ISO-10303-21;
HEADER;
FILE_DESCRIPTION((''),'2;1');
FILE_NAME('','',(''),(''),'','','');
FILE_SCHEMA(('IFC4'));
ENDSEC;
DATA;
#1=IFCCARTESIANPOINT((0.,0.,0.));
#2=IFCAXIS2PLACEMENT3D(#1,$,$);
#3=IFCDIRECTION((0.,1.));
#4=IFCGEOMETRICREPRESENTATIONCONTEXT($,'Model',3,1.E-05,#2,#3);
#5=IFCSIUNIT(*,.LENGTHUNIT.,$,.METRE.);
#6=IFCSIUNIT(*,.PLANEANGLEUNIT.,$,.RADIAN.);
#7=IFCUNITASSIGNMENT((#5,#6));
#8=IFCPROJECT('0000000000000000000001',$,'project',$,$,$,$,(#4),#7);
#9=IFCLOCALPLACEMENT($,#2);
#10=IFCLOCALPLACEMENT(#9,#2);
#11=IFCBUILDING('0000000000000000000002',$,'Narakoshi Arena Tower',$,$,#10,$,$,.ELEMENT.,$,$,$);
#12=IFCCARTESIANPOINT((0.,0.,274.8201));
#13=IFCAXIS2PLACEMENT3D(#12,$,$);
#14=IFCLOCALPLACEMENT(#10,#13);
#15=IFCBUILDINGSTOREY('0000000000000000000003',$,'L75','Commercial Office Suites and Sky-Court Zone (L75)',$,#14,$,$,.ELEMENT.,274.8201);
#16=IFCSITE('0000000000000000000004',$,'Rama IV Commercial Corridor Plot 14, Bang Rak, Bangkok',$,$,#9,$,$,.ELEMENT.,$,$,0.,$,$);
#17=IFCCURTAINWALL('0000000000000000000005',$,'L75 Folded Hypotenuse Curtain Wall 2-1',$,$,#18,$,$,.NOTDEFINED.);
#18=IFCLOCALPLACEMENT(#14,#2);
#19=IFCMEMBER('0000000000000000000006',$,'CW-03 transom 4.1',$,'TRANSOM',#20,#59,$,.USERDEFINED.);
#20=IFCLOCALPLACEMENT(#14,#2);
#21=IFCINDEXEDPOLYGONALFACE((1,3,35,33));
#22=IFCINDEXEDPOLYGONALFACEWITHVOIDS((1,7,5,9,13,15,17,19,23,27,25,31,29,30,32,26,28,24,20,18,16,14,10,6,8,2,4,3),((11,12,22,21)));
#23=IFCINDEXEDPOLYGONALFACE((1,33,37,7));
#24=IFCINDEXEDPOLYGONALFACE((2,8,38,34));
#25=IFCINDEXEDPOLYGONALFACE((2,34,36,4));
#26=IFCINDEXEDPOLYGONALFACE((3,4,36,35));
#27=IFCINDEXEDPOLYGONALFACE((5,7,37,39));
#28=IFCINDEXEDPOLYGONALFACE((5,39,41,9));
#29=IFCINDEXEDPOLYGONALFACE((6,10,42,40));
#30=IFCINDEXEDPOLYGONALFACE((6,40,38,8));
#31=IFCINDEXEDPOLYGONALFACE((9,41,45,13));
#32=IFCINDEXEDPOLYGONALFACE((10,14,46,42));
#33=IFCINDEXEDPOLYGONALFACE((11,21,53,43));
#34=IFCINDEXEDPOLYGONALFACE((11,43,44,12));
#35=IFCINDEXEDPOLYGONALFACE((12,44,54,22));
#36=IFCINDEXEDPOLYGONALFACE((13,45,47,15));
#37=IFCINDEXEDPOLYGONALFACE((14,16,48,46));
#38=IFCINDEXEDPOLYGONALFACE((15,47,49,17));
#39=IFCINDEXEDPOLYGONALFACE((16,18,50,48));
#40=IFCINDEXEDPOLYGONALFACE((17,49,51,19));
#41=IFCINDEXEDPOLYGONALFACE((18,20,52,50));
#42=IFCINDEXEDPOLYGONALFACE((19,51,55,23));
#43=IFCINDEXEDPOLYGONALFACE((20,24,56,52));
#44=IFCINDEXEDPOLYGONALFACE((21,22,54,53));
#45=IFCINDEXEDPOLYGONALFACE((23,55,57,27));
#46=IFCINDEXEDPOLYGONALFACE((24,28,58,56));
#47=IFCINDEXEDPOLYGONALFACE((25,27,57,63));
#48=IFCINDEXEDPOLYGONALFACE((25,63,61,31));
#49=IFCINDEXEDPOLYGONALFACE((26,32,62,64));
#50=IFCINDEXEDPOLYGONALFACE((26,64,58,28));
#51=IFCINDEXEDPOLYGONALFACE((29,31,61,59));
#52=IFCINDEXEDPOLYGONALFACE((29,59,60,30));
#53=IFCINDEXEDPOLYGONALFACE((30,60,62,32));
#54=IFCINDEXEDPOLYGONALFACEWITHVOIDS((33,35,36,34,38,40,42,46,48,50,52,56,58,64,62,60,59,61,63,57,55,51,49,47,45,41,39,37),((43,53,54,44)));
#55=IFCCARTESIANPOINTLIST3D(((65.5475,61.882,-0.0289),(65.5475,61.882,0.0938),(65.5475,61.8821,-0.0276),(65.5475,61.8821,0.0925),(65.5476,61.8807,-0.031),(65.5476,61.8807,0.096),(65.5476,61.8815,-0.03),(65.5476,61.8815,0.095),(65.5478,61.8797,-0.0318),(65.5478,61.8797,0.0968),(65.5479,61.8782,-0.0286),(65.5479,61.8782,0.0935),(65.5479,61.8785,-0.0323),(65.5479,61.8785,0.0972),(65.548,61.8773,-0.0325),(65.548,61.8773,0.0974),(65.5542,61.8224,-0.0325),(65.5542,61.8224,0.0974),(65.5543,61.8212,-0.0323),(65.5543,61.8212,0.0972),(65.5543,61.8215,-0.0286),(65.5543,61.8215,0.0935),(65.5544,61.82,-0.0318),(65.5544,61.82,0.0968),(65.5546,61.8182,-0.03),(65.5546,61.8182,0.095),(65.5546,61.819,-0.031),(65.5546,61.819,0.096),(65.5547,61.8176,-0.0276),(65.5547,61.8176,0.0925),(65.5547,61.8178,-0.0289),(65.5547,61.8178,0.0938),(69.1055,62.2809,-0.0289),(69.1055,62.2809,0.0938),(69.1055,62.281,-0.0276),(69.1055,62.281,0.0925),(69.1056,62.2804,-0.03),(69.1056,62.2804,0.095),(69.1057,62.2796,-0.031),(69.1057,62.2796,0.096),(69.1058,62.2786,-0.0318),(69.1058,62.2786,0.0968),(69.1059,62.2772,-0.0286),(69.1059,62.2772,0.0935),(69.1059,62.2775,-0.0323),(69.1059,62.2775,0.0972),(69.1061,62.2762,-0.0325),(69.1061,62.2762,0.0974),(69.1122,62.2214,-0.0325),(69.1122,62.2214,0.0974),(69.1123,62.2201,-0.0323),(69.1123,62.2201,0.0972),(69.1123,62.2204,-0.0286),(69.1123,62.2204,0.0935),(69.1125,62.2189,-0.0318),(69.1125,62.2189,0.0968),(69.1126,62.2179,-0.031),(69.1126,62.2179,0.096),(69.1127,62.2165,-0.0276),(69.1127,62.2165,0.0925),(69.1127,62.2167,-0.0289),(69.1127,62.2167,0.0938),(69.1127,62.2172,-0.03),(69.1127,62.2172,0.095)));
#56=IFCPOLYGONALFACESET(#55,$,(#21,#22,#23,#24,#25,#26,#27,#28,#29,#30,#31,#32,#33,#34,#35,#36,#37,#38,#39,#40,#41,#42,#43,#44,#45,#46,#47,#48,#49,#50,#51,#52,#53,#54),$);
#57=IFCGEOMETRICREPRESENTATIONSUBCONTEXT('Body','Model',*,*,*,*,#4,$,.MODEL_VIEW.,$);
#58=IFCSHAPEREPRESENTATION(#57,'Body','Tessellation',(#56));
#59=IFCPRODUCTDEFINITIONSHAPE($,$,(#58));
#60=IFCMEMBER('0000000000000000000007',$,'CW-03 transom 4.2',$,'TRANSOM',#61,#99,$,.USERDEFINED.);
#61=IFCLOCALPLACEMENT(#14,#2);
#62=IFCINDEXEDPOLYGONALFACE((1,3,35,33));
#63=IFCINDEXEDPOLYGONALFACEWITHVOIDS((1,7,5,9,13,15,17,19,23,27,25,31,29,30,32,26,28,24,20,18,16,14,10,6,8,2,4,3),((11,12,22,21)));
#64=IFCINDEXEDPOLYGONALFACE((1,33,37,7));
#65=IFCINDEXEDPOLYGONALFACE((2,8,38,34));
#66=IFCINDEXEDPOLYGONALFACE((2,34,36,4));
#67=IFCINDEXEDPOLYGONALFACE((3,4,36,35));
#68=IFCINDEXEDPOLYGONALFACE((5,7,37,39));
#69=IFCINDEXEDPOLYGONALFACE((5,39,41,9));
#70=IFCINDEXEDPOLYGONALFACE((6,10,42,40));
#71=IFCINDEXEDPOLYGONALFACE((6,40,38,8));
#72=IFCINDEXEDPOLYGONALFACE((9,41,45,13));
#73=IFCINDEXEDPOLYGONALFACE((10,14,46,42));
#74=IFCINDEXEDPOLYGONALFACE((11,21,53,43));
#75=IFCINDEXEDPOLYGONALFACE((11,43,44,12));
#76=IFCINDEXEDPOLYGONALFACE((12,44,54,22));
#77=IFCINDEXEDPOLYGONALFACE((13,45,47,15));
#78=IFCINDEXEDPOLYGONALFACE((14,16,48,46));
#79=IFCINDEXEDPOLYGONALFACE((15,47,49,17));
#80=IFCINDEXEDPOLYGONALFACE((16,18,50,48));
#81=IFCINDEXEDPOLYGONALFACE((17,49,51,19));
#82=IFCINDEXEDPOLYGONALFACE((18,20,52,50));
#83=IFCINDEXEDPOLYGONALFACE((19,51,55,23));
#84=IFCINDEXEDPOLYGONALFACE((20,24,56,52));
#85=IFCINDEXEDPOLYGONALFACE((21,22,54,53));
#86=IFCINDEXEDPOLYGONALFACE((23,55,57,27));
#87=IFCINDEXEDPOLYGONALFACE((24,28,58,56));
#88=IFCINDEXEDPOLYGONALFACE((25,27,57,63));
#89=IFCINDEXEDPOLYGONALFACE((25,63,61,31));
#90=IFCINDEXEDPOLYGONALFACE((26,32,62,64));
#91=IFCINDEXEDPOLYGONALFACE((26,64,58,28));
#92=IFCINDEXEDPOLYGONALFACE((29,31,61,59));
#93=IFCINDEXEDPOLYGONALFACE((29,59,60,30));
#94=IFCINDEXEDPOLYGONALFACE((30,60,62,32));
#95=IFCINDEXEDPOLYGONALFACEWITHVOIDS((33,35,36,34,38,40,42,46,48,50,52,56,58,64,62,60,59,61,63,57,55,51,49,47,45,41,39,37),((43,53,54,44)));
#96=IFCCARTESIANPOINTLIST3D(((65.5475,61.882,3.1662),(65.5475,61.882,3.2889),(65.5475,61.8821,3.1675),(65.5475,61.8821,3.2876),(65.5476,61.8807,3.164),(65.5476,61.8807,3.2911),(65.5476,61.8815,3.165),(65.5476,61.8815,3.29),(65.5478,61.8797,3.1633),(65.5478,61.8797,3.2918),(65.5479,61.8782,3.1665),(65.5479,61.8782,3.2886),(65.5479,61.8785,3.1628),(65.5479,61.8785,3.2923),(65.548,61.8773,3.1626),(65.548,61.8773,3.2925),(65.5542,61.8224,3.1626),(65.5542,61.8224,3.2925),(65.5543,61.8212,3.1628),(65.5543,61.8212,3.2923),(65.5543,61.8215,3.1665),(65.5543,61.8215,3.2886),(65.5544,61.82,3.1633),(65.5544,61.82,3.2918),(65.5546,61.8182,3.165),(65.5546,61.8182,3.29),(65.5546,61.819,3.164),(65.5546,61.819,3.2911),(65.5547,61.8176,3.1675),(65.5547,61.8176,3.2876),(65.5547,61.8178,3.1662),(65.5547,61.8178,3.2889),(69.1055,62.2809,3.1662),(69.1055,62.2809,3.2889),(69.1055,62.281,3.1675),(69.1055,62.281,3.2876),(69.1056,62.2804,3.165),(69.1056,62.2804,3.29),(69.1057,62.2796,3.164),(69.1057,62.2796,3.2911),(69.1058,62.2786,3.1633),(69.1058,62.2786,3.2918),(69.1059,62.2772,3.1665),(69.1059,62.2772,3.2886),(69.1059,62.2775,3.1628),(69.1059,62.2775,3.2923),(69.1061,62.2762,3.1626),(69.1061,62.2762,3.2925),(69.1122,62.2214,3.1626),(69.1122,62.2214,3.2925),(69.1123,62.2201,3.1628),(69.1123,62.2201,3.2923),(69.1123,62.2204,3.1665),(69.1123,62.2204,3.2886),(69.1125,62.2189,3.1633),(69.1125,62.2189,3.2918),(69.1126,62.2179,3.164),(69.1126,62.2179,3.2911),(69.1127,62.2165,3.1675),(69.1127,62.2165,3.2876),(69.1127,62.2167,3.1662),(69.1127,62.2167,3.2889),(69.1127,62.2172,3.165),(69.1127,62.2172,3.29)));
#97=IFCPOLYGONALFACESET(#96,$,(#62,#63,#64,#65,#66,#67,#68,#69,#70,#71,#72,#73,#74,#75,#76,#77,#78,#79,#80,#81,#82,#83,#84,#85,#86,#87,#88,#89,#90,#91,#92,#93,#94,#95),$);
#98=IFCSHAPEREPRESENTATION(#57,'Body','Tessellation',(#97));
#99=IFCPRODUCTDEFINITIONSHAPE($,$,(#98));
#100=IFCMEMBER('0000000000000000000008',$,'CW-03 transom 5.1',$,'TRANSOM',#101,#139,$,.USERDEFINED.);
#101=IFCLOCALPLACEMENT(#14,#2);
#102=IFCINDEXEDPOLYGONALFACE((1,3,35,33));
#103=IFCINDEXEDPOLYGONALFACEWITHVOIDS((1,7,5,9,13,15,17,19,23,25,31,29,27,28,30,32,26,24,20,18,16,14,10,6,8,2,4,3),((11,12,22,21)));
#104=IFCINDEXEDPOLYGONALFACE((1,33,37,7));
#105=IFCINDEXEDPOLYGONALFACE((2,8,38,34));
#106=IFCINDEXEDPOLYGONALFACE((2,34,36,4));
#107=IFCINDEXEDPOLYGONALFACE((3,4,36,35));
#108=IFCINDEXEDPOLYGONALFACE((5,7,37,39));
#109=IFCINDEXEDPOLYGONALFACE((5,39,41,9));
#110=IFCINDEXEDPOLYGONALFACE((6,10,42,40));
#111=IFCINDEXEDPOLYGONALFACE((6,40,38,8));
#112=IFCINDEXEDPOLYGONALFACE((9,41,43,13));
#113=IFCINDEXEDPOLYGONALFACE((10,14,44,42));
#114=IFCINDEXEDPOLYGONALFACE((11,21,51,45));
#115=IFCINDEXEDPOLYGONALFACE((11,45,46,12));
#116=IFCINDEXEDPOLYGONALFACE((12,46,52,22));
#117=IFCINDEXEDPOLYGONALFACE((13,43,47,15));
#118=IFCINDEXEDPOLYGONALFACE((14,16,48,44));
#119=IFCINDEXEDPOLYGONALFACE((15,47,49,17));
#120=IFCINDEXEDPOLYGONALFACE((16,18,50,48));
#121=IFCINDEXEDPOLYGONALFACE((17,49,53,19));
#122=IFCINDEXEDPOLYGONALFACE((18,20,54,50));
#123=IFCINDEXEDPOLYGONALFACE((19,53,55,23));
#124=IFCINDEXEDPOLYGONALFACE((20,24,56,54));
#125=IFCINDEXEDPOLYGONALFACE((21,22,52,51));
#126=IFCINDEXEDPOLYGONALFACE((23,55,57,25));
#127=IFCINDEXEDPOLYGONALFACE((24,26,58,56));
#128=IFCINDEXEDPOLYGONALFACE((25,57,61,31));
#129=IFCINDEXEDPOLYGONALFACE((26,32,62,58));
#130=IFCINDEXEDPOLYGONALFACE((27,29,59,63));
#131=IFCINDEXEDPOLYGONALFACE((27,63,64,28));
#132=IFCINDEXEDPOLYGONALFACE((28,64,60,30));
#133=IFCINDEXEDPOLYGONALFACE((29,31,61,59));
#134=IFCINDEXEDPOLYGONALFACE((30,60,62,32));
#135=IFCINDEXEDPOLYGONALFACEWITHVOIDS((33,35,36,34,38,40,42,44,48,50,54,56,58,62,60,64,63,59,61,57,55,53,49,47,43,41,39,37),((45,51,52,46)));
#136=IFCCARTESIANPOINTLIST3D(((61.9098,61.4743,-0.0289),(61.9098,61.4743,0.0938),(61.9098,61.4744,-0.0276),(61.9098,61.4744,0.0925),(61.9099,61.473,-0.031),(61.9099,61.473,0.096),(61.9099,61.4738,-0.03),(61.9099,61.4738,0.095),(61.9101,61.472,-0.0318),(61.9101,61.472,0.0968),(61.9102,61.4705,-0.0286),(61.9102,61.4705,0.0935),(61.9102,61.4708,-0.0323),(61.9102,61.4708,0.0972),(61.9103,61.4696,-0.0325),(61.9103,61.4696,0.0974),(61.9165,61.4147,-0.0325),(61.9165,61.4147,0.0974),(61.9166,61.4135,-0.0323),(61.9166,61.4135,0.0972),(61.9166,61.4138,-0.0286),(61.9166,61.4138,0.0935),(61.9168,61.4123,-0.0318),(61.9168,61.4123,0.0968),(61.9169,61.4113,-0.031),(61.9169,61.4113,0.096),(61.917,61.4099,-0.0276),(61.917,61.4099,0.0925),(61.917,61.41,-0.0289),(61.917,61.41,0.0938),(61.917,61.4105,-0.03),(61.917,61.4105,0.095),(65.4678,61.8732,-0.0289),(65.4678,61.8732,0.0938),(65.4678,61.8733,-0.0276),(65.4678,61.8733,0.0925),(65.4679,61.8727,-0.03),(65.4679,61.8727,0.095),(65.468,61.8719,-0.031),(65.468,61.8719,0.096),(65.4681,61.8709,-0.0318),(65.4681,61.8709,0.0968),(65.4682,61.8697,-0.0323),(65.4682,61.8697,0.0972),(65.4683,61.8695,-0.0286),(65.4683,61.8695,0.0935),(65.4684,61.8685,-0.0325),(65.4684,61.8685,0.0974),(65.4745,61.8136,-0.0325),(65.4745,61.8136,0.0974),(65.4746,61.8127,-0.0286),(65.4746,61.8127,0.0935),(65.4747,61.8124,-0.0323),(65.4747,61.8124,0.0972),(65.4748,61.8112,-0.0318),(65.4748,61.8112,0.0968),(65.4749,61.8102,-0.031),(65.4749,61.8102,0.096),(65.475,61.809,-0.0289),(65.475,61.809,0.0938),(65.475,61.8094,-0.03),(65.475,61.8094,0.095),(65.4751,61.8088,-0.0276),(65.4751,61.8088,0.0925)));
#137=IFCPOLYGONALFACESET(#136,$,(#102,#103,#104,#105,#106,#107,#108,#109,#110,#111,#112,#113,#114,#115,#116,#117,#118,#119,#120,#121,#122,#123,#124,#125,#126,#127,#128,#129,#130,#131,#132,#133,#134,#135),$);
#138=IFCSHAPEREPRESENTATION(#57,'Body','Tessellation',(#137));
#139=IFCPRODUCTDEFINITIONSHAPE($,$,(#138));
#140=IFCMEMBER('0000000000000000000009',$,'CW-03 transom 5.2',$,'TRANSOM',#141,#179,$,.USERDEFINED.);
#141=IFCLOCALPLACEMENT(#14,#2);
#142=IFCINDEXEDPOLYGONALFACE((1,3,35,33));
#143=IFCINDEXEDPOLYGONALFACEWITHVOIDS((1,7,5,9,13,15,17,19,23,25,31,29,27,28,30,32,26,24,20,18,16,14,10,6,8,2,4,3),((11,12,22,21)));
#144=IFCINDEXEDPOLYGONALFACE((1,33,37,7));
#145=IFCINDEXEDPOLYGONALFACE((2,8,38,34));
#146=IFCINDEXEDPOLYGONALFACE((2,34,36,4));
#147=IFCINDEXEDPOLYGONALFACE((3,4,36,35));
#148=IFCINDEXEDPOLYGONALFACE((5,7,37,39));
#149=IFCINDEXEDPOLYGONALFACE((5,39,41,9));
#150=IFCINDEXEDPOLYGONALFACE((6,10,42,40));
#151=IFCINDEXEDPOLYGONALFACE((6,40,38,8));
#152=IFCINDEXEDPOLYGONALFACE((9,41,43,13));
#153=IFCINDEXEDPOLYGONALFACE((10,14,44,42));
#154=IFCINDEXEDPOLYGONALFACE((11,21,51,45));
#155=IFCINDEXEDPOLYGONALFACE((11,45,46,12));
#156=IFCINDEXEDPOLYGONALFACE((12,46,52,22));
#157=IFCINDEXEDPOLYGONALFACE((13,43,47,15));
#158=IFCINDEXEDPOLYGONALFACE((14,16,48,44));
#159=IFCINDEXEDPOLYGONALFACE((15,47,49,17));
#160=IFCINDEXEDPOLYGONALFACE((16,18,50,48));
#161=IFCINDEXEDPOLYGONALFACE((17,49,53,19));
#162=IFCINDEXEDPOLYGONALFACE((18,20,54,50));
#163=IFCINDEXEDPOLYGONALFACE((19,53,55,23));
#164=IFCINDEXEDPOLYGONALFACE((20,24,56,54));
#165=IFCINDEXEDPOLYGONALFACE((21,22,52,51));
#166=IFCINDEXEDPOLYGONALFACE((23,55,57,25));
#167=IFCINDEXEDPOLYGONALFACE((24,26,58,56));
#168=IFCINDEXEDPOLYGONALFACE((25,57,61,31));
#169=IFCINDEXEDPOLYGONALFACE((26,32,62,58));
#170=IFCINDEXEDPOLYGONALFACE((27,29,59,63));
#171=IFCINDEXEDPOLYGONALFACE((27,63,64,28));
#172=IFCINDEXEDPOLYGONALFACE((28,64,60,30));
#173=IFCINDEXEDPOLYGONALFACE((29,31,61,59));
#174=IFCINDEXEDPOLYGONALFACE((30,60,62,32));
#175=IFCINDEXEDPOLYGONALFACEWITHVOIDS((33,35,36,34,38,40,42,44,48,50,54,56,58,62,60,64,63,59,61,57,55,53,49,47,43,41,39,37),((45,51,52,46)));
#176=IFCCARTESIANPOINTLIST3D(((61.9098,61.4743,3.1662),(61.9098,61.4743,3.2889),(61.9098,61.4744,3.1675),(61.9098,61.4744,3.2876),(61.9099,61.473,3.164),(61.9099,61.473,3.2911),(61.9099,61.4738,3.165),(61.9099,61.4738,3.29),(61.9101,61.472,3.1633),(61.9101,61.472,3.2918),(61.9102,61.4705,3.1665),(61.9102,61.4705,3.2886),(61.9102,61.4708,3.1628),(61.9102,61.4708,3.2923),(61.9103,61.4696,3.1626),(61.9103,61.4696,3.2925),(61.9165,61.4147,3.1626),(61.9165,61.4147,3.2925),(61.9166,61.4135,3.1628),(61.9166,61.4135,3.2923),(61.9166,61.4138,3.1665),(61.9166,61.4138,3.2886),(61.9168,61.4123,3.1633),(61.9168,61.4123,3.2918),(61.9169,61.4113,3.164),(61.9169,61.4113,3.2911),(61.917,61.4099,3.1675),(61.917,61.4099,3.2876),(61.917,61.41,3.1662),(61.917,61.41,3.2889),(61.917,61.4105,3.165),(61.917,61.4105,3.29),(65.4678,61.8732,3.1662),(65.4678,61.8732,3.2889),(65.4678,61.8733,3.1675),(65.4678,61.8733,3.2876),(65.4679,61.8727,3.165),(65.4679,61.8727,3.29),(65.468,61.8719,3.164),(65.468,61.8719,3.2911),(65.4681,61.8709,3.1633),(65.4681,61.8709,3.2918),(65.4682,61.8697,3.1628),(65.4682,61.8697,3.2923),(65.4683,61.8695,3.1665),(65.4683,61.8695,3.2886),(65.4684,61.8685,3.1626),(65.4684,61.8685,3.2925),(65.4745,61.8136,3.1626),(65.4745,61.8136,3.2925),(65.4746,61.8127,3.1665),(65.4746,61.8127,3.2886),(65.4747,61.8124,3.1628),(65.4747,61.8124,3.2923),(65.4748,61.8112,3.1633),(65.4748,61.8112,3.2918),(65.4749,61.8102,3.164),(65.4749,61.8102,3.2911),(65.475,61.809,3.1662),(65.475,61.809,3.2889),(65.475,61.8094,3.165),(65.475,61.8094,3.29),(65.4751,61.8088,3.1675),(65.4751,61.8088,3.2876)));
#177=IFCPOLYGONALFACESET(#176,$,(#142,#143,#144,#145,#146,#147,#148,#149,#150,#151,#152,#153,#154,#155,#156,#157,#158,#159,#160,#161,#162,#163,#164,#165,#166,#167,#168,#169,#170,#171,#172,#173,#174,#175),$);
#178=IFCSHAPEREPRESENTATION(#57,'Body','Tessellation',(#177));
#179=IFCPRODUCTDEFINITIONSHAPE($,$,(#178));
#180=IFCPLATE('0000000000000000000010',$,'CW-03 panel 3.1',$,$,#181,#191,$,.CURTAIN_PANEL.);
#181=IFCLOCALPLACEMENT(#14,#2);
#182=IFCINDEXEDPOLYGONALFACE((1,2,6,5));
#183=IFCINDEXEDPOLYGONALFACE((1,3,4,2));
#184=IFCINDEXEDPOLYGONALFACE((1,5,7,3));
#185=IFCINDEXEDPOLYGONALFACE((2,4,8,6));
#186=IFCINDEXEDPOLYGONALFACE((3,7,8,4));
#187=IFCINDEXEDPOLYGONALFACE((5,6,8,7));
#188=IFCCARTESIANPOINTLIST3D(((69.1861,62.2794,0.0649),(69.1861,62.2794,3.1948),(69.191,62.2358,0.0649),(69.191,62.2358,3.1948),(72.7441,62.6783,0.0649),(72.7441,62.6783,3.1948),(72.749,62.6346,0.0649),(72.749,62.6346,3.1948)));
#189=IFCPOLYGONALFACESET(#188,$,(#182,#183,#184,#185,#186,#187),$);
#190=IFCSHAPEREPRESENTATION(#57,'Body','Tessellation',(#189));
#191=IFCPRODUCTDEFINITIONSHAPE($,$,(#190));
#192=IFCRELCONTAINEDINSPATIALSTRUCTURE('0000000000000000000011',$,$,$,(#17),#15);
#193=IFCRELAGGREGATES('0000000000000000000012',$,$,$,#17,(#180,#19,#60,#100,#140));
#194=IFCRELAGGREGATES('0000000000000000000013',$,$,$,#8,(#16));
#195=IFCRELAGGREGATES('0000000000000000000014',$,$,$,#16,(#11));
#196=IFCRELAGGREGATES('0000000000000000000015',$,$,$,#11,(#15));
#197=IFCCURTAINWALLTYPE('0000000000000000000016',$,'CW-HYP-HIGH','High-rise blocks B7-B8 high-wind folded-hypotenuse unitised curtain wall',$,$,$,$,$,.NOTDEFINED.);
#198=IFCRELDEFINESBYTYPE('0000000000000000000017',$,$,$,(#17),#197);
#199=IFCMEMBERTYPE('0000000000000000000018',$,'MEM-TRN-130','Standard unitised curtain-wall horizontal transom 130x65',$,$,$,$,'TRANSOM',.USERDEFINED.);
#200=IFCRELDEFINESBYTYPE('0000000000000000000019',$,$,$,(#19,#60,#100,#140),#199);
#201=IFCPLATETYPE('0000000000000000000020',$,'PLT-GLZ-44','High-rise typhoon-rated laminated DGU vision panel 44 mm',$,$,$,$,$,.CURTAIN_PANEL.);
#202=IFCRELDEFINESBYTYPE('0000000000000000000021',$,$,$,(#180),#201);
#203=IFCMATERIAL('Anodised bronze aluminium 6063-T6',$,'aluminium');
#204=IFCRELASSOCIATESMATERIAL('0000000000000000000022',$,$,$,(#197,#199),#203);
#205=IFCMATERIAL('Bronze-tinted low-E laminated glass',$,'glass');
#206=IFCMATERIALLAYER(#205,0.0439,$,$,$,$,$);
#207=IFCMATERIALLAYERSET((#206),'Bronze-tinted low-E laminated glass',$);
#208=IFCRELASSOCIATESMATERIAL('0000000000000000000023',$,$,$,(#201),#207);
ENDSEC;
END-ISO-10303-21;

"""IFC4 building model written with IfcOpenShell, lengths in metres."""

from ifc_helpers import new_model, si_unit, direction, frame, origin, origin_2d, place, context, subcontext, project, spatial, rectangle, hollow_rectangle, extrude, material, layer, layer_set, material_profile, profile_set, type_object, element, aggregate, save


model = new_model("IFC4")

# Units and contexts
model_context = context("Model", 3, precision=1e-05, world=origin(), true_north=direction((0.0, 1.0)))
body_context = subcontext(model_context, "Body", "Model", "MODEL_VIEW")
ifc_project = project(units=[si_unit("LENGTHUNIT", "METRE"), si_unit("PLANEANGLEUNIT", "RADIAN")], contexts=[model_context])

# Site, building, storey
site_placement = place(None, origin())
site = spatial("IfcSite", under=ifc_project, at=site_placement, Name="Rama IV Commercial Corridor Plot 14, Bang Rak, Bangkok", CompositionType="ELEMENT", RefElevation=0.0)
building_placement = place(site_placement, origin())
building = spatial("IfcBuilding", under=site, at=building_placement, Name="Narakoshi Arena Tower", CompositionType="ELEMENT")
storey_placement = place(building_placement, frame((0.0, 0.0, 274.8201)))
storey = spatial("IfcBuildingStorey", under=building, at=storey_placement, Name="L75", Description="Commercial Office Suites and Sky-Court Zone (L75)", CompositionType="ELEMENT", Elevation=274.8201)

# Curtain wall, members, plate
ifc_material_1 = material(Name="Anodised bronze aluminium 6063-T6", Category="aluminium")
curtain_wall_type = type_object("IfcCurtainWallType", Name="CW-HYP-HIGH", Description="High-rise blocks B7-B8 high-wind folded-hypotenuse unitised curtain wall", PredefinedType="NOTDEFINED", material=ifc_material_1)
curtain_wall_placement = place(storey_placement, origin())
curtain_wall = element("IfcCurtainWall", 1, at=curtain_wall_placement, inside=storey, type_object=curtain_wall_type, Name="L75 Folded Hypotenuse Curtain Wall 2-1", PredefinedType="NOTDEFINED")
ifc_material_profile_1 = material_profile(ifc_material_1, hollow_rectangle(XDim=0.0649, YDim=0.1299, WallThickness=0.0039, OuterFilletRadius=0.0049, at=origin_2d()), Name="TRN130x65x4")
ifc_profile_set_1 = profile_set([ifc_material_profile_1], Name="Anodised bronze aluminium 6063-T6")
member_type_1 = type_object("IfcMemberType", Name="MEM-TRN-130", Description="Standard unitised curtain-wall horizontal transom 130x65", ElementType="TRANSOM", PredefinedType="USERDEFINED", material=ifc_profile_set_1)
member_1_placement = place(storey_placement, frame((69.1091, 62.2488, 0.0325), z_axis=(-0.993773, -0.111419, 0.0), x_axis=(0.111419, -0.993773, 0.0)))
member_1 = element("IfcMember", 2, at=member_1_placement, type_object=member_type_1, Name="CW-03 transom 4.1", ObjectType="TRANSOM", PredefinedType="USERDEFINED", context=body_context, shape_type="SweptSolid", body=[
    extrude(hollow_rectangle(XDim=0.0649, YDim=0.1299, WallThickness=0.0039, OuterFilletRadius=0.0049, at=origin_2d()), origin(), (0.0, 0.0, 1.0), 3.5803),
])
member_2_placement = place(storey_placement, frame((69.1091, 62.2488, 3.2275), z_axis=(-0.993773, -0.111419, 0.0), x_axis=(0.111419, -0.993773, 0.0)))
member_2 = element("IfcMember", 3, at=member_2_placement, type_object=member_type_1, Name="CW-03 transom 4.2", ObjectType="TRANSOM", PredefinedType="USERDEFINED", context=body_context, shape_type="SweptSolid", body=[
    extrude(hollow_rectangle(XDim=0.0649, YDim=0.1299, WallThickness=0.0039, OuterFilletRadius=0.0049, at=origin_2d()), origin(), (0.0, 0.0, 1.0), 3.5803),
])
member_3_placement = place(storey_placement, frame((65.4714, 61.8411, 0.0325), z_axis=(-0.993773, -0.111419, 0.0), x_axis=(0.111419, -0.993773, 0.0)))
member_3 = element("IfcMember", 4, at=member_3_placement, type_object=member_type_1, Name="CW-03 transom 5.1", ObjectType="TRANSOM", PredefinedType="USERDEFINED", context=body_context, shape_type="SweptSolid", body=[
    extrude(hollow_rectangle(XDim=0.0649, YDim=0.1299, WallThickness=0.0039, OuterFilletRadius=0.0049, at=origin_2d()), origin(), (0.0, 0.0, 1.0), 3.5803),
])
member_4_placement = place(storey_placement, frame((65.4714, 61.8411, 3.2275), z_axis=(-0.993773, -0.111419, 0.0), x_axis=(0.111419, -0.993773, 0.0)))
member_4 = element("IfcMember", 5, at=member_4_placement, type_object=member_type_1, Name="CW-03 transom 5.2", ObjectType="TRANSOM", PredefinedType="USERDEFINED", context=body_context, shape_type="SweptSolid", body=[
    extrude(hollow_rectangle(XDim=0.0649, YDim=0.1299, WallThickness=0.0039, OuterFilletRadius=0.0049, at=origin_2d()), origin(), (0.0, 0.0, 1.0), 3.5803),
])
ifc_material_2 = material(Name="Bronze-tinted low-E laminated glass", Category="glass")
ifc_layer_1 = layer(ifc_material_2, 0.0439)
ifc_layer_set_1 = layer_set([ifc_layer_1], Name="Bronze-tinted low-E laminated glass")
plate_type = type_object("IfcPlateType", Name="PLT-GLZ-44", Description="High-rise typhoon-rated laminated DGU vision panel 44 mm", PredefinedType="CURTAIN_PANEL", material=ifc_layer_set_1)
plate_1_placement = place(storey_placement, frame((70.9675, 62.457, 0.0649), z_axis=(0.0, 0.0, 1.0), x_axis=(-0.993776, -0.111396, 0.0)))
plate_1 = element("IfcPlate", 6, at=plate_1_placement, type_object=plate_type, Name="CW-03 panel 3.1", PredefinedType="CURTAIN_PANEL", context=body_context, shape_type="SweptSolid", body=[
    extrude(rectangle(XDim=3.5803, YDim=0.0439, at=origin_2d()), origin(), (0.0, 0.0, 1.0), 3.1299),
])
aggregate(curtain_wall, [plate_1, member_1, member_2, member_3, member_4])

save(model, "model.ifc")
